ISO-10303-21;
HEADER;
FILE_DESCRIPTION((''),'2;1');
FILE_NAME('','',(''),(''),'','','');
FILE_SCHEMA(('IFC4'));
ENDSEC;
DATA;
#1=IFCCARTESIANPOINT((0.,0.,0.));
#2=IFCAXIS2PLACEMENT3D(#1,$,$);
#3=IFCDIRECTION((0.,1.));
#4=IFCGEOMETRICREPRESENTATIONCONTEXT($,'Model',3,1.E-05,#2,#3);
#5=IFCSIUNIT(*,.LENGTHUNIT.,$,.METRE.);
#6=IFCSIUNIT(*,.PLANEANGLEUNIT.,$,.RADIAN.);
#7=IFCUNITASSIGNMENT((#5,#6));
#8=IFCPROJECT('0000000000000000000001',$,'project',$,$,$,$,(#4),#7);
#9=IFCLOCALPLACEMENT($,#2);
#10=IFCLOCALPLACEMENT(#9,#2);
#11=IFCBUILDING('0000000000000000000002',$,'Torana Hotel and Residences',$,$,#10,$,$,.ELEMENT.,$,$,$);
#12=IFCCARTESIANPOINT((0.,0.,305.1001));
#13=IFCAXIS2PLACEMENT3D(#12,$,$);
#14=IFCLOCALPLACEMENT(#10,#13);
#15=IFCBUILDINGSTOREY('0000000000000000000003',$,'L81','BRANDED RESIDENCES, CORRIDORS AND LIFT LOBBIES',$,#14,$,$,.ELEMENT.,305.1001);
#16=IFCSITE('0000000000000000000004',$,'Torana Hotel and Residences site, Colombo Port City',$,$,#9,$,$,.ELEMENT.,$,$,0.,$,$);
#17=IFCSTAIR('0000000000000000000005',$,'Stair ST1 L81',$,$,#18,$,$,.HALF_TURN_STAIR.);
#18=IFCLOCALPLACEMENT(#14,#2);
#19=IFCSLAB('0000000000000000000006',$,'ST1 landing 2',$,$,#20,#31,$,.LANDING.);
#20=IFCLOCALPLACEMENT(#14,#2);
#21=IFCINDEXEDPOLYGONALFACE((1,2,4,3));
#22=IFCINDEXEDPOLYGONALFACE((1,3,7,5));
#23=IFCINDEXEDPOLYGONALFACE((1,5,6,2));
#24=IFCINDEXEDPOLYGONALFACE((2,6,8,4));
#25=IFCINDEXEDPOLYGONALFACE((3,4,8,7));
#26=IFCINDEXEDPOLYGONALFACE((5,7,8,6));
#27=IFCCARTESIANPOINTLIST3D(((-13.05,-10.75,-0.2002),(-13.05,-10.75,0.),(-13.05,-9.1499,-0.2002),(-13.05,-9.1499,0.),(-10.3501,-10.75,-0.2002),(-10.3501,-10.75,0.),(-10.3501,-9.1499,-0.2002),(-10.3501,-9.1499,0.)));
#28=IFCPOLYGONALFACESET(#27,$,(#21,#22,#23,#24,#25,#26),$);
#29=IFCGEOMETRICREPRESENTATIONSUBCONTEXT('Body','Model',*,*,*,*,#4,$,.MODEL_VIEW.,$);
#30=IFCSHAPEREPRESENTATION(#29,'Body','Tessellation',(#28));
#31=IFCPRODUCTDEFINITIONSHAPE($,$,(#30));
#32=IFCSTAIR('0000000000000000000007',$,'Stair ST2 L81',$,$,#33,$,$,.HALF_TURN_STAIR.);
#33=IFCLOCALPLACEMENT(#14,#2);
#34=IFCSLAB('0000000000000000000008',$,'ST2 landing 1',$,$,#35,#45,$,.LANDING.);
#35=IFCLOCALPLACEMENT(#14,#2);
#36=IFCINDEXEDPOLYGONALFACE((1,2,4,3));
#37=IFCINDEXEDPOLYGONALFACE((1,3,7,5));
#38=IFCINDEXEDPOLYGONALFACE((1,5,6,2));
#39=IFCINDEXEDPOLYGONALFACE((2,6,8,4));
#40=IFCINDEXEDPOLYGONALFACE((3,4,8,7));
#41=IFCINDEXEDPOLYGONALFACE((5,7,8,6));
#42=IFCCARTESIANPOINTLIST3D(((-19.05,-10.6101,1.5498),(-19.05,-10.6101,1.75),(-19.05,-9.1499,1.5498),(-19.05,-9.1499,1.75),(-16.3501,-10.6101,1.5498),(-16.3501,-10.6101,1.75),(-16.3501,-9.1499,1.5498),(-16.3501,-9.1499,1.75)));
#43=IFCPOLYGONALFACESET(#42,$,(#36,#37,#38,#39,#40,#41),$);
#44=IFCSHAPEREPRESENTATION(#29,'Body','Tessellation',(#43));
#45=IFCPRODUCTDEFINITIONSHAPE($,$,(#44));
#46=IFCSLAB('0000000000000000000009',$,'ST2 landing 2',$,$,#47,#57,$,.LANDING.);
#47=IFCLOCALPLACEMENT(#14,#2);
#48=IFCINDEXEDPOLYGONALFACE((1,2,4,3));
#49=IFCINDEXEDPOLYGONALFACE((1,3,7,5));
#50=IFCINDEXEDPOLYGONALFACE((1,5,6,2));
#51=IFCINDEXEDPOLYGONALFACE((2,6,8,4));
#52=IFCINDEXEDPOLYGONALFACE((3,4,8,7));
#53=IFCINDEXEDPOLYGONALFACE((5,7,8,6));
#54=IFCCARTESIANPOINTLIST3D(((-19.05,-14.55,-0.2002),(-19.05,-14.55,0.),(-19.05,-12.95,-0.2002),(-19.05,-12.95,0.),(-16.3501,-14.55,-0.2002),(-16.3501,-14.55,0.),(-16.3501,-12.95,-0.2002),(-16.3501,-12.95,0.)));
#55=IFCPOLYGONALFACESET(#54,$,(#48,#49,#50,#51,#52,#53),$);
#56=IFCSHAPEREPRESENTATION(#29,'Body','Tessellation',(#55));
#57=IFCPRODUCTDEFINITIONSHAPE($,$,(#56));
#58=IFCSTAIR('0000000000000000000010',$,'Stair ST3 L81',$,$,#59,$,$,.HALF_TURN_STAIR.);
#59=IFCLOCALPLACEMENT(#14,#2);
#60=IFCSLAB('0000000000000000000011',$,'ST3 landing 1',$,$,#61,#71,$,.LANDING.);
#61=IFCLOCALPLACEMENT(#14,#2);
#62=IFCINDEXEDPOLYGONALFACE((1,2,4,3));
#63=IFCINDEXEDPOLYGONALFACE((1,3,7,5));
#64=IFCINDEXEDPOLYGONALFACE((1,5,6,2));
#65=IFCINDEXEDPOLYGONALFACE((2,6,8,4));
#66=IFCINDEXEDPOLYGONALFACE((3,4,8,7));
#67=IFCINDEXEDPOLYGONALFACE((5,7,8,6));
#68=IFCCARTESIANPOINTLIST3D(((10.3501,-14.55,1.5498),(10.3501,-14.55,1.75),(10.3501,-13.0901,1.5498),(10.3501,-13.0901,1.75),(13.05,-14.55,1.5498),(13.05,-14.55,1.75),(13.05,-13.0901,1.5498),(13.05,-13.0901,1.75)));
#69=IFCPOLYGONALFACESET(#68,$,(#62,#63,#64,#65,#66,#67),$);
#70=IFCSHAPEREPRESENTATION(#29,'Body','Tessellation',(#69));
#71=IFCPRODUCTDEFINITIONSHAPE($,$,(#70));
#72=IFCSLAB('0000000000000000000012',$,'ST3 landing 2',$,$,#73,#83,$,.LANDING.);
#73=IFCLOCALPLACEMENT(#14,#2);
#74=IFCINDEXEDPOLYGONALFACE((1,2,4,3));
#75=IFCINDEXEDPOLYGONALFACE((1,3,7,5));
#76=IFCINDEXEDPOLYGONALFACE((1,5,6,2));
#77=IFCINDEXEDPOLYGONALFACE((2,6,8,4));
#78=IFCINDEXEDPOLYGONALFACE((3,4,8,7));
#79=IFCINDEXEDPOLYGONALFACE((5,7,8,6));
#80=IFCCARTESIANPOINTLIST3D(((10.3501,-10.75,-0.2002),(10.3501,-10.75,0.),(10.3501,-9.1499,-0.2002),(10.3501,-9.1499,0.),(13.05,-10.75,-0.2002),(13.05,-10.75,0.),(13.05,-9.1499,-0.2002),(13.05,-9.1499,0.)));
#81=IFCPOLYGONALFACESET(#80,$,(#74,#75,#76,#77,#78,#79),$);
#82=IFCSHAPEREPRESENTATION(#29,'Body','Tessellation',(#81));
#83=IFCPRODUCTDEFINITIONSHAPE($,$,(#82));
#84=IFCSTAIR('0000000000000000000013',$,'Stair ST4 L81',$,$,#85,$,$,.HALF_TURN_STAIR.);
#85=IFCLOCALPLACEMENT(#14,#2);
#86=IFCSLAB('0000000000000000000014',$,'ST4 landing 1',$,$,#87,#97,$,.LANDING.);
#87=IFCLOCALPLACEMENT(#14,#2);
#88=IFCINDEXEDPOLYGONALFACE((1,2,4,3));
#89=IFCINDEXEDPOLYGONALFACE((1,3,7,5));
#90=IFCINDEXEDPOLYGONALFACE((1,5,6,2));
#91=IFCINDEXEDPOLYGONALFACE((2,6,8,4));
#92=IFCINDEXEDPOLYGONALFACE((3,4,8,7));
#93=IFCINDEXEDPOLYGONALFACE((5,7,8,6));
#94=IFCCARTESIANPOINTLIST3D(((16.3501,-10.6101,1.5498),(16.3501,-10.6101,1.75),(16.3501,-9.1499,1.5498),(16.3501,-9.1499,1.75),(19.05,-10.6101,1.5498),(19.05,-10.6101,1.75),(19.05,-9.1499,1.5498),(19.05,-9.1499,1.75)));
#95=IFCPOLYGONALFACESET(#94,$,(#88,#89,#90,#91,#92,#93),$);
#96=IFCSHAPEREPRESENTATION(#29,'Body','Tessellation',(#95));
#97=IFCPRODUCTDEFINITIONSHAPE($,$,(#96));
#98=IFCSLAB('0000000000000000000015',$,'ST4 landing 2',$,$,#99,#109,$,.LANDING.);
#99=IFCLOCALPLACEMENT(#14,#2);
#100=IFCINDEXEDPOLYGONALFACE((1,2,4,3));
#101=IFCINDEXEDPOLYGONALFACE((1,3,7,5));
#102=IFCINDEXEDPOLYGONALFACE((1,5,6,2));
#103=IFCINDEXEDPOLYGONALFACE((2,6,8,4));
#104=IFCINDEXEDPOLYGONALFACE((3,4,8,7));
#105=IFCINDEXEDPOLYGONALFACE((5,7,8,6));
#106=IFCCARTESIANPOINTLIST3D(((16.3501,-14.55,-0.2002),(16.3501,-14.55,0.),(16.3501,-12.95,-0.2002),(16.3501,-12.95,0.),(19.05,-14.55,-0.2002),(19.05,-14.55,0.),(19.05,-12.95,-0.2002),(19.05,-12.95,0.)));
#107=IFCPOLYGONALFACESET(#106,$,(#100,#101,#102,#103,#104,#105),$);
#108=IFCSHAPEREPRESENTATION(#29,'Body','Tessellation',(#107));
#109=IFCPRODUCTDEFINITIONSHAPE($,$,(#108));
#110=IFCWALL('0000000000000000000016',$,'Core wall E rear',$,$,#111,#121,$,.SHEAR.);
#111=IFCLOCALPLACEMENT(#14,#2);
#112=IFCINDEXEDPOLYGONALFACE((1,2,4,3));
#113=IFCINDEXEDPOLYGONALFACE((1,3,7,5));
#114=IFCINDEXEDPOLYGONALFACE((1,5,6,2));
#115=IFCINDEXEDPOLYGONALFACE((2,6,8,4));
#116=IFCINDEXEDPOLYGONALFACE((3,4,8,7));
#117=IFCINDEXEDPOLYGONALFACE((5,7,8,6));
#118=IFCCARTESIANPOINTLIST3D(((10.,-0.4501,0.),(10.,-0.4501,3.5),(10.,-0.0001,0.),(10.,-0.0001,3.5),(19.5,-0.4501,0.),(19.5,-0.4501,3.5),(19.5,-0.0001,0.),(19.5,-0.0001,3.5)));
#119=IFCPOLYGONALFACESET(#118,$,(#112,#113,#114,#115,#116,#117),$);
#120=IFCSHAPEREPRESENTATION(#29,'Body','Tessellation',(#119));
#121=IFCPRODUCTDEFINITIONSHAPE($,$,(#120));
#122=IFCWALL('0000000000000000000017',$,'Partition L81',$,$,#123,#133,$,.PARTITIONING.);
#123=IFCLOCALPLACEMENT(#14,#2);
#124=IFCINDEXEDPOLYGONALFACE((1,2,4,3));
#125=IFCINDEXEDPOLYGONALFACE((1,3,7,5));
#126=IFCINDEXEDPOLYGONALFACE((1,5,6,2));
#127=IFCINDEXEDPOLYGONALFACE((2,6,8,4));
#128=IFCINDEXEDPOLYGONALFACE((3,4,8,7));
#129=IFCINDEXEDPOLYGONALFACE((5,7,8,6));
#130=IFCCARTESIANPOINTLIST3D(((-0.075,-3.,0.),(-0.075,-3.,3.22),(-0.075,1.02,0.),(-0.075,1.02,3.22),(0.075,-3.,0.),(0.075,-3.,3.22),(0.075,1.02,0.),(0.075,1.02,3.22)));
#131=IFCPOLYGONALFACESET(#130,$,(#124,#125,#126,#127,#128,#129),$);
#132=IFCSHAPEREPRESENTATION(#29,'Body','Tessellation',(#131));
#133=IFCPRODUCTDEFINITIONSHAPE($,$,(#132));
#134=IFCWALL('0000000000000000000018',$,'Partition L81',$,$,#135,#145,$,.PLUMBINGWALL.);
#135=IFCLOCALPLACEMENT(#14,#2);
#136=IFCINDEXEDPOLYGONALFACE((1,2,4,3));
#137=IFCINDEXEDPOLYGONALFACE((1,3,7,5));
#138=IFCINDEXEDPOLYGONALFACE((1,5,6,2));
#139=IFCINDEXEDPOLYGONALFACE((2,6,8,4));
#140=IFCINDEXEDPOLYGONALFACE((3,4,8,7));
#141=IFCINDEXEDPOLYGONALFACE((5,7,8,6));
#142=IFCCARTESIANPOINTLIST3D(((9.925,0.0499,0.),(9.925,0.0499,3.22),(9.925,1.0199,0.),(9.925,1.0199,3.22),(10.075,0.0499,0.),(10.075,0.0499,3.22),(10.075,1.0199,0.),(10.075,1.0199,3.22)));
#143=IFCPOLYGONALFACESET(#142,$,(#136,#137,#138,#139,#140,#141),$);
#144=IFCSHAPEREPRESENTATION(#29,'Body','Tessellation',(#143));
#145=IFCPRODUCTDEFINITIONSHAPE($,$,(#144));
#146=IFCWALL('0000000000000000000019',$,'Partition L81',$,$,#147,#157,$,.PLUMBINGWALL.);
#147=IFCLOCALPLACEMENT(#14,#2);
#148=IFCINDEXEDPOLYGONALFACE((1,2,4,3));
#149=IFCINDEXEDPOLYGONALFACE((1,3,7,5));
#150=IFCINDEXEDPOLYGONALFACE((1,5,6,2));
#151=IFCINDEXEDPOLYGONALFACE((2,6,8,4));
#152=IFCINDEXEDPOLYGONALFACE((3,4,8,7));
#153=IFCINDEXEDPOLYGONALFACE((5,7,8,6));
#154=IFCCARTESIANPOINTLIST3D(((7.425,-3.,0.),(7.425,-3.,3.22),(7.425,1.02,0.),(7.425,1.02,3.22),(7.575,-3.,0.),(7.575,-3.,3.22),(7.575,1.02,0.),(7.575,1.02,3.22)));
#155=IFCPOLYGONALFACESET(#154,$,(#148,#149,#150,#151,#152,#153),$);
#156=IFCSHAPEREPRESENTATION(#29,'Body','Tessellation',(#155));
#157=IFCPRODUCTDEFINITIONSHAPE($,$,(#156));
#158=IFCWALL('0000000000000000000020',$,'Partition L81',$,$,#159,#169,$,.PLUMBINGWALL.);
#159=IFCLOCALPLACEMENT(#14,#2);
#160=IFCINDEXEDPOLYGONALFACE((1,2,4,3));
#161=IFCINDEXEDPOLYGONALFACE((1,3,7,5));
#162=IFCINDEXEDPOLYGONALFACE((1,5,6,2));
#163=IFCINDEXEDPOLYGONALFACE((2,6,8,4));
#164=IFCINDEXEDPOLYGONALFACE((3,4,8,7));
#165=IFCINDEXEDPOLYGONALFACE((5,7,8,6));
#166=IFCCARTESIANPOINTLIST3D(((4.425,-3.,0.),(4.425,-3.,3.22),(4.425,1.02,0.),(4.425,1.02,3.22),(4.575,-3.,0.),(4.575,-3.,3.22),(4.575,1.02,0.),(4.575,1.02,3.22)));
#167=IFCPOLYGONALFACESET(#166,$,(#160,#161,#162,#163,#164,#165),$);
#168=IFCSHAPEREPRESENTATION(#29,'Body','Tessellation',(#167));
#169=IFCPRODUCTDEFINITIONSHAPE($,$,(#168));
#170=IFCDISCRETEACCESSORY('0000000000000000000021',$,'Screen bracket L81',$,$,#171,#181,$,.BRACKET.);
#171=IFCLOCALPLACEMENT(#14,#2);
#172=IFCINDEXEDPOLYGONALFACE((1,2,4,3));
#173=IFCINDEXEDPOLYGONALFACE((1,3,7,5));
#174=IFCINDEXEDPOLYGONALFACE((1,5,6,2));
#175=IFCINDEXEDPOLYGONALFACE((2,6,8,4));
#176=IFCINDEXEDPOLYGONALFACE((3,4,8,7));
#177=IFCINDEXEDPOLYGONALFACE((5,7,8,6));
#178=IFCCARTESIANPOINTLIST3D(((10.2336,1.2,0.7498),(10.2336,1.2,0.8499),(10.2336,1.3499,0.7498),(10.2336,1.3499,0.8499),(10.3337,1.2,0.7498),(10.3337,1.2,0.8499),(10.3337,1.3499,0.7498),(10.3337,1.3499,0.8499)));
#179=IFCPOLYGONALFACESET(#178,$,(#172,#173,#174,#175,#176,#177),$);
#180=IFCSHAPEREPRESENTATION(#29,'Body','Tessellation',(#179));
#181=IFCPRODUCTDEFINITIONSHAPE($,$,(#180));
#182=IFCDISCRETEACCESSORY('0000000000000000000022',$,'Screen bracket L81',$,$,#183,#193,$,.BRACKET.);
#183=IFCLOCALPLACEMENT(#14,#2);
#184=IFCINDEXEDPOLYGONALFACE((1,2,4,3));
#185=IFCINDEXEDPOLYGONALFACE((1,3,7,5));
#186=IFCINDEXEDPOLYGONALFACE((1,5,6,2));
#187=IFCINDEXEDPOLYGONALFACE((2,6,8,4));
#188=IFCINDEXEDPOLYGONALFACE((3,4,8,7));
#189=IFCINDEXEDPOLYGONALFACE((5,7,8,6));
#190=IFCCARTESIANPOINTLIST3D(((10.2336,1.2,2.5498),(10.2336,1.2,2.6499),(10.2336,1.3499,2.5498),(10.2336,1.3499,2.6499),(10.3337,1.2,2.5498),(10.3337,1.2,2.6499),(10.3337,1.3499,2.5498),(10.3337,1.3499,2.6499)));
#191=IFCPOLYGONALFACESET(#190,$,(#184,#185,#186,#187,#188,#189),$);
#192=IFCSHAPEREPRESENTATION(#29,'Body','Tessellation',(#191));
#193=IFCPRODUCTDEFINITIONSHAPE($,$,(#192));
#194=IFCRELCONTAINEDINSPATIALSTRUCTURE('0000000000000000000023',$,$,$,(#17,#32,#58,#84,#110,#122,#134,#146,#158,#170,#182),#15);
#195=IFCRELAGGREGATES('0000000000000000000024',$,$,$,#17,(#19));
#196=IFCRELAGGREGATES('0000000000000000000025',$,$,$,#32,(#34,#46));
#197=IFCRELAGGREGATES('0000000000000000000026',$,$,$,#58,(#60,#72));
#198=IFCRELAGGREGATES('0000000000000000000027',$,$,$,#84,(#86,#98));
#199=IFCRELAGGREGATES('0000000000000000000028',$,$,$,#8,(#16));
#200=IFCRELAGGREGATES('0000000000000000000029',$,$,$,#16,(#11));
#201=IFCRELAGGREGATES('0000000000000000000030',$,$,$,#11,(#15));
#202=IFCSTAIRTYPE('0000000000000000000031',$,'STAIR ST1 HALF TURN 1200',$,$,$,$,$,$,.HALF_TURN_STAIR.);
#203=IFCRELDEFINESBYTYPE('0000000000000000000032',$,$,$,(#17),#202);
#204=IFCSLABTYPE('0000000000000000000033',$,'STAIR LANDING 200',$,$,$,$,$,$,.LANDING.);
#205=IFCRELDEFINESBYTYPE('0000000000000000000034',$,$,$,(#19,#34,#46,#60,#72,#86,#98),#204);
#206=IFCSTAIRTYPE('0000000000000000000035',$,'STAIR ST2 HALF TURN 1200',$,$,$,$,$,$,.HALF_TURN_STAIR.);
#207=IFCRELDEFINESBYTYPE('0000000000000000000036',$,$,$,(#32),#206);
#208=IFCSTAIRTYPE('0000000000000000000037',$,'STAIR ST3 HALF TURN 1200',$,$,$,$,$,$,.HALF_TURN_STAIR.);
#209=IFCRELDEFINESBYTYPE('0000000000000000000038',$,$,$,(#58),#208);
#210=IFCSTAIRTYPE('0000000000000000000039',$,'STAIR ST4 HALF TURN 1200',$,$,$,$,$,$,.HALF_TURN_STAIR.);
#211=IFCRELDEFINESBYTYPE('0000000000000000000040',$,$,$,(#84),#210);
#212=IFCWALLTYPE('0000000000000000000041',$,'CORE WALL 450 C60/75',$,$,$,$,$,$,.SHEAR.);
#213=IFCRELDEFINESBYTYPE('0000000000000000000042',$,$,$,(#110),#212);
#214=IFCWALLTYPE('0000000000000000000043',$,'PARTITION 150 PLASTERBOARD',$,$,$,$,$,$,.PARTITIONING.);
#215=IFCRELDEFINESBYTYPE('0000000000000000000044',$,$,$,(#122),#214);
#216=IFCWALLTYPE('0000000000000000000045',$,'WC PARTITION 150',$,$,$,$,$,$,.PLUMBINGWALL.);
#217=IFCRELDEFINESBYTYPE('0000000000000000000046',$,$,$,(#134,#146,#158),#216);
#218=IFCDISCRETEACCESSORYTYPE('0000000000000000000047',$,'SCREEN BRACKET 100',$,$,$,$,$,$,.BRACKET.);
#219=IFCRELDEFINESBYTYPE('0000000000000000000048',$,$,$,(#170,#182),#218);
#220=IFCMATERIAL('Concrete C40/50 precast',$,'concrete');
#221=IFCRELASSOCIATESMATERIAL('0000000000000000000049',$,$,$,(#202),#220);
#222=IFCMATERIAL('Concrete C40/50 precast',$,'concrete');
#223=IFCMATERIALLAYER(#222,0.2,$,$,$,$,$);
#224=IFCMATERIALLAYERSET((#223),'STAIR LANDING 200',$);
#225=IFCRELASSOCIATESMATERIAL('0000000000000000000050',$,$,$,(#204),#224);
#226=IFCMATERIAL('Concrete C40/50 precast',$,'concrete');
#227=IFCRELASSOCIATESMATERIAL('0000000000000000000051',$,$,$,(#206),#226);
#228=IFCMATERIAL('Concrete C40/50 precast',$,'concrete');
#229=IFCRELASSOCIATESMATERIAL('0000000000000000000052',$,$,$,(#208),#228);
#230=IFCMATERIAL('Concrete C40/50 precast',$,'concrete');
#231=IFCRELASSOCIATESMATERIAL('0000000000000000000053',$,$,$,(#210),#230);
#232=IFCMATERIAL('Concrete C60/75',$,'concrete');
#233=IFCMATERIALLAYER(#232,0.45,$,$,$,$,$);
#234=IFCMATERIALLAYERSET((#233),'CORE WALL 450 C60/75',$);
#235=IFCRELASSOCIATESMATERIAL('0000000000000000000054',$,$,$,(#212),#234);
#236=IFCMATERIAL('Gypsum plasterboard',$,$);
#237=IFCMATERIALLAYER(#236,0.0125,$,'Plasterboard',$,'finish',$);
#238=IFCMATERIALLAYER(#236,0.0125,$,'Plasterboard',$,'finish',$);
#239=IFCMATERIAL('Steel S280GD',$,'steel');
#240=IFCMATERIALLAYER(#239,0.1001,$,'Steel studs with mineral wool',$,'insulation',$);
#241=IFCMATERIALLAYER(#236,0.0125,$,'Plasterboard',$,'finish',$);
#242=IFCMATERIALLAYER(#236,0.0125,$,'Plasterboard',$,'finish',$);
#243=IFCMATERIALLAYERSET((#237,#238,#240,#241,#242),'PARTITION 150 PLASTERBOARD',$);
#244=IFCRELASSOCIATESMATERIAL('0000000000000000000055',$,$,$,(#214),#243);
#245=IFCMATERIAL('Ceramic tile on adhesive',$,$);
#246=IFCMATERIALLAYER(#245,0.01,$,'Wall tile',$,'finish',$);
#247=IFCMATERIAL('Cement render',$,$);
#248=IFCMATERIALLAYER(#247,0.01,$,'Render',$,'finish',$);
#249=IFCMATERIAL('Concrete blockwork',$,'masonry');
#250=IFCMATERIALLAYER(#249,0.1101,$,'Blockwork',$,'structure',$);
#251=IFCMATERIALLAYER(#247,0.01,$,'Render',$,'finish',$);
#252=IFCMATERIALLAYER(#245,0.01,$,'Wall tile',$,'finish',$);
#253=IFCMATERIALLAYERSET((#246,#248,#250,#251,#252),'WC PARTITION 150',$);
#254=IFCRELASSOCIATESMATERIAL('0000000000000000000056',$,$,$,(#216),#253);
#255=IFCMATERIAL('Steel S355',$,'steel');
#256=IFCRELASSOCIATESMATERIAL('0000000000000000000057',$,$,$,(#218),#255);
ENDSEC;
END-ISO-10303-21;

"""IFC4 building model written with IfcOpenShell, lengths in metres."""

from ifc_helpers import new_model, si_unit, direction, frame, frame_2d, origin, origin_2d, place, context, subcontext, project, spatial, polyline, rectangle, outline, extrude, material, layer, layer_set, type_object, element, aggregate, save


model = new_model("IFC4")

# Units and contexts
model_context = context("Model", 3, precision=1e-05, world=origin(), true_north=direction((0.0, 1.0)))
body_context = subcontext(model_context, "Body", "Model", "MODEL_VIEW")
ifc_project = project(units=[si_unit("LENGTHUNIT", "METRE"), si_unit("PLANEANGLEUNIT", "RADIAN")], contexts=[model_context])

# Site, building, storey
site_placement = place(None, origin())
site = spatial("IfcSite", under=ifc_project, at=site_placement, Name="Torana Hotel and Residences site, Colombo Port City", CompositionType="ELEMENT", RefElevation=0.0)
building_placement = place(site_placement, origin())
building = spatial("IfcBuilding", under=site, at=building_placement, Name="Torana Hotel and Residences", CompositionType="ELEMENT")
storey_placement = place(building_placement, frame((0.0, 0.0, 305.1001)))
storey = spatial("IfcBuildingStorey", under=building, at=storey_placement, Name="L81", Description="BRANDED RESIDENCES, CORRIDORS AND LIFT LOBBIES", CompositionType="ELEMENT", Elevation=305.1001)

# Stairs, slabs
ifc_material_1 = material(Name="Concrete C40/50 precast", Category="concrete")
stair_type_1 = type_object("IfcStairType", Name="STAIR ST1 HALF TURN 1200", PredefinedType="HALF_TURN_STAIR", material=ifc_material_1)
stair_1_placement = place(storey_placement, origin())
stair_1 = element("IfcStair", 1, at=stair_1_placement, inside=storey, type_object=stair_type_1, Name="Stair ST1 L81", PredefinedType="HALF_TURN_STAIR")
ifc_material_2 = material(Name="Concrete C40/50 precast", Category="concrete")
ifc_layer_1 = layer(ifc_material_2, 0.2)
ifc_layer_set_1 = layer_set([ifc_layer_1], Name="STAIR LANDING 200")
slab_type_1 = type_object("IfcSlabType", Name="STAIR LANDING 200", PredefinedType="LANDING", material=ifc_layer_set_1)
slab_1_placement = place(storey_placement, frame((0.0, 0.0, -0.2002)))
slab_1 = element("IfcSlab", 2, at=slab_1_placement, type_object=slab_type_1, Name="ST1 landing 2", PredefinedType="LANDING", context=body_context, shape_type="SweptSolid", body=[
    extrude(outline(polyline([(-13.05, -10.75), (-10.3501, -10.75), (-10.3501, -9.1499), (-13.05, -9.1499), (-13.05, -10.75)])), origin(), (0.0, 0.0, 1.0), 0.2002),
])
aggregate(stair_1, [slab_1])
ifc_material_3 = material(Name="Concrete C40/50 precast", Category="concrete")
stair_type_2 = type_object("IfcStairType", Name="STAIR ST2 HALF TURN 1200", PredefinedType="HALF_TURN_STAIR", material=ifc_material_3)
stair_2_placement = place(storey_placement, origin())
stair_2 = element("IfcStair", 3, at=stair_2_placement, inside=storey, type_object=stair_type_2, Name="Stair ST2 L81", PredefinedType="HALF_TURN_STAIR")
slab_2_placement = place(storey_placement, frame((0.0, 0.0, 1.5498)))
slab_2 = element("IfcSlab", 4, at=slab_2_placement, type_object=slab_type_1, Name="ST2 landing 1", PredefinedType="LANDING", context=body_context, shape_type="SweptSolid", body=[
    extrude(outline(polyline([(-19.05, -10.6101), (-16.3501, -10.6101), (-16.3501, -9.1499), (-19.05, -9.1499), (-19.05, -10.6101)])), origin(), (0.0, 0.0, 1.0), 0.2002),
])
slab_3_placement = place(storey_placement, frame((0.0, 0.0, -0.2002)))
slab_3 = element("IfcSlab", 5, at=slab_3_placement, type_object=slab_type_1, Name="ST2 landing 2", PredefinedType="LANDING", context=body_context, shape_type="SweptSolid", body=[
    extrude(outline(polyline([(-19.05, -14.55), (-16.3501, -14.55), (-16.3501, -12.95), (-19.05, -12.95), (-19.05, -14.55)])), origin(), (0.0, 0.0, 1.0), 0.2002),
])
aggregate(stair_2, [slab_2, slab_3])
ifc_material_4 = material(Name="Concrete C40/50 precast", Category="concrete")
stair_type_3 = type_object("IfcStairType", Name="STAIR ST3 HALF TURN 1200", PredefinedType="HALF_TURN_STAIR", material=ifc_material_4)
stair_3_placement = place(storey_placement, origin())
stair_3 = element("IfcStair", 6, at=stair_3_placement, inside=storey, type_object=stair_type_3, Name="Stair ST3 L81", PredefinedType="HALF_TURN_STAIR")
slab_4_placement = place(storey_placement, frame((0.0, 0.0, 1.5498)))
slab_4 = element("IfcSlab", 7, at=slab_4_placement, type_object=slab_type_1, Name="ST3 landing 1", PredefinedType="LANDING", context=body_context, shape_type="SweptSolid", body=[
    extrude(outline(polyline([(10.3501, -14.55), (13.05, -14.55), (13.05, -13.0901), (10.3501, -13.0901), (10.3501, -14.55)])), origin(), (0.0, 0.0, 1.0), 0.2002),
])
slab_5_placement = place(storey_placement, frame((0.0, 0.0, -0.2002)))
slab_5 = element("IfcSlab", 8, at=slab_5_placement, type_object=slab_type_1, Name="ST3 landing 2", PredefinedType="LANDING", context=body_context, shape_type="SweptSolid", body=[
    extrude(outline(polyline([(10.3501, -10.75), (13.05, -10.75), (13.05, -9.1499), (10.3501, -9.1499), (10.3501, -10.75)])), origin(), (0.0, 0.0, 1.0), 0.2002),
])
aggregate(stair_3, [slab_4, slab_5])
ifc_material_5 = material(Name="Concrete C40/50 precast", Category="concrete")
stair_type_4 = type_object("IfcStairType", Name="STAIR ST4 HALF TURN 1200", PredefinedType="HALF_TURN_STAIR", material=ifc_material_5)
stair_4_placement = place(storey_placement, origin())
stair_4 = element("IfcStair", 9, at=stair_4_placement, inside=storey, type_object=stair_type_4, Name="Stair ST4 L81", PredefinedType="HALF_TURN_STAIR")
slab_6_placement = place(storey_placement, frame((0.0, 0.0, 1.5498)))
slab_6 = element("IfcSlab", 10, at=slab_6_placement, type_object=slab_type_1, Name="ST4 landing 1", PredefinedType="LANDING", context=body_context, shape_type="SweptSolid", body=[
    extrude(outline(polyline([(16.3501, -10.6101), (19.05, -10.6101), (19.05, -9.1499), (16.3501, -9.1499), (16.3501, -10.6101)])), origin(), (0.0, 0.0, 1.0), 0.2002),
])
slab_7_placement = place(storey_placement, frame((0.0, 0.0, -0.2002)))
slab_7 = element("IfcSlab", 11, at=slab_7_placement, type_object=slab_type_1, Name="ST4 landing 2", PredefinedType="LANDING", context=body_context, shape_type="SweptSolid", body=[
    extrude(outline(polyline([(16.3501, -14.55), (19.05, -14.55), (19.05, -12.95), (16.3501, -12.95), (16.3501, -14.55)])), origin(), (0.0, 0.0, 1.0), 0.2002),
])
aggregate(stair_4, [slab_6, slab_7])

# Walls
ifc_material_6 = material(Name="Concrete C60/75", Category="concrete")
ifc_layer_2 = layer(ifc_material_6, 0.45)
ifc_layer_set_2 = layer_set([ifc_layer_2], Name="CORE WALL 450 C60/75")
wall_type_1 = type_object("IfcWallType", Name="CORE WALL 450 C60/75", PredefinedType="SHEAR", material=ifc_layer_set_2)
wall_1_placement = place(storey_placement, frame((10.0, -0.2251, 0.0), z_axis=(0.0, 0.0, 1.0), x_axis=(1.0, 0.0, 0.0)))
element("IfcWall", 12, at=wall_1_placement, inside=storey, type_object=wall_type_1, Name="Core wall E rear", PredefinedType="SHEAR", context=body_context, shape_type="SweptSolid", body=[
    extrude(rectangle(XDim=9.5, YDim=0.45, at=frame_2d((4.75, 0.0))), origin(), (0.0, 0.0, 1.0), 3.5),
])
ifc_material_7 = material(Name="Gypsum plasterboard")
ifc_layer_3 = layer(ifc_material_7, 0.0125, Name="Plasterboard", Category="finish")
ifc_layer_4 = layer(ifc_material_7, 0.0125, Name="Plasterboard", Category="finish")
ifc_material_8 = material(Name="Steel S280GD", Category="steel")
ifc_layer_5 = layer(ifc_material_8, 0.1001, Name="Steel studs with mineral wool", Category="insulation")
ifc_layer_6 = layer(ifc_material_7, 0.0125, Name="Plasterboard", Category="finish")
ifc_layer_7 = layer(ifc_material_7, 0.0125, Name="Plasterboard", Category="finish")
ifc_layer_set_3 = layer_set([ifc_layer_3, ifc_layer_4, ifc_layer_5, ifc_layer_6, ifc_layer_7], Name="PARTITION 150 PLASTERBOARD")
wall_type_2 = type_object("IfcWallType", Name="PARTITION 150 PLASTERBOARD", PredefinedType="PARTITIONING", material=ifc_layer_set_3)
wall_2_placement = place(storey_placement, frame((0.0, -3.0, 0.0), z_axis=(0.0, 0.0, 1.0), x_axis=(0.0, 1.0, 0.0)))
element("IfcWall", 13, at=wall_2_placement, inside=storey, type_object=wall_type_2, Name="Partition L81", PredefinedType="PARTITIONING", context=body_context, shape_type="SweptSolid", body=[
    extrude(rectangle(XDim=4.02, YDim=0.1499, at=frame_2d((2.01, 0.0))), origin(), (0.0, 0.0, 1.0), 3.22),
])
ifc_material_9 = material(Name="Ceramic tile on adhesive")
ifc_layer_8 = layer(ifc_material_9, 0.01, Name="Wall tile", Category="finish")
ifc_material_10 = material(Name="Cement render")
ifc_layer_9 = layer(ifc_material_10, 0.01, Name="Render", Category="finish")
ifc_material_11 = material(Name="Concrete blockwork", Category="masonry")
ifc_layer_10 = layer(ifc_material_11, 0.1101, Name="Blockwork", Category="structure")
ifc_layer_11 = layer(ifc_material_10, 0.01, Name="Render", Category="finish")
ifc_layer_12 = layer(ifc_material_9, 0.01, Name="Wall tile", Category="finish")
ifc_layer_set_4 = layer_set([ifc_layer_8, ifc_layer_9, ifc_layer_10, ifc_layer_11, ifc_layer_12], Name="WC PARTITION 150")
wall_type_3 = type_object("IfcWallType", Name="WC PARTITION 150", PredefinedType="PLUMBINGWALL", material=ifc_layer_set_4)
wall_3_placement = place(storey_placement, frame((10.0, 0.05, 0.0), z_axis=(0.0, 0.0, 1.0), x_axis=(0.0, 1.0, 0.0)))
element("IfcWall", 14, at=wall_3_placement, inside=storey, type_object=wall_type_3, Name="Partition L81", PredefinedType="PLUMBINGWALL", context=body_context, shape_type="SweptSolid", body=[
    extrude(rectangle(XDim=0.97, YDim=0.1499, at=frame_2d((0.4849, 0.0))), origin(), (0.0, 0.0, 1.0), 3.22),
])
for number, where, z_axis, x_axis, name in (
    (15, (7.5, -3.0, 0.0), (0.0, 0.0, 1.0), (0.0, 1.0, 0.0), "Partition L81"),
    (16, (4.5, -3.0, 0.0), (0.0, 0.0, 1.0), (0.0, 1.0, 0.0), "Partition L81"),
):
    element("IfcWall", number, at=place(storey_placement, frame(where, z_axis=z_axis, x_axis=x_axis)), inside=storey, type_object=wall_type_3, Name=name, PredefinedType="PLUMBINGWALL", context=body_context, shape_type="SweptSolid", body=[
        extrude(rectangle(XDim=4.02, YDim=0.1499, at=frame_2d((2.01, 0.0))), origin(), (0.0, 0.0, 1.0), 3.22),
    ])

# Discrete accessories
ifc_material_12 = material(Name="Steel S355", Category="steel")
discrete_accessory_type = type_object("IfcDiscreteAccessoryType", Name="SCREEN BRACKET 100", PredefinedType="BRACKET", material=ifc_material_12)
for number, where, z_axis, x_axis, name in (
    (17, (10.2837, 1.2749, 0.7498), (0.0, 0.0, 1.0), (-1.0, 0.0, 0.0), "Screen bracket L81"),
    (18, (10.2837, 1.2749, 2.5498), (0.0, 0.0, 1.0), (-1.0, 0.0, 0.0), "Screen bracket L81"),
):
    element("IfcDiscreteAccessory", number, at=place(storey_placement, frame(where, z_axis=z_axis, x_axis=x_axis)), inside=storey, type_object=discrete_accessory_type, Name=name, PredefinedType="BRACKET", context=body_context, shape_type="SweptSolid", body=[
        extrude(rectangle(XDim=0.1001, YDim=0.1499, at=origin_2d()), origin(), (0.0, 0.0, 1.0), 0.1001),
    ])

save(model, "model.ifc")
